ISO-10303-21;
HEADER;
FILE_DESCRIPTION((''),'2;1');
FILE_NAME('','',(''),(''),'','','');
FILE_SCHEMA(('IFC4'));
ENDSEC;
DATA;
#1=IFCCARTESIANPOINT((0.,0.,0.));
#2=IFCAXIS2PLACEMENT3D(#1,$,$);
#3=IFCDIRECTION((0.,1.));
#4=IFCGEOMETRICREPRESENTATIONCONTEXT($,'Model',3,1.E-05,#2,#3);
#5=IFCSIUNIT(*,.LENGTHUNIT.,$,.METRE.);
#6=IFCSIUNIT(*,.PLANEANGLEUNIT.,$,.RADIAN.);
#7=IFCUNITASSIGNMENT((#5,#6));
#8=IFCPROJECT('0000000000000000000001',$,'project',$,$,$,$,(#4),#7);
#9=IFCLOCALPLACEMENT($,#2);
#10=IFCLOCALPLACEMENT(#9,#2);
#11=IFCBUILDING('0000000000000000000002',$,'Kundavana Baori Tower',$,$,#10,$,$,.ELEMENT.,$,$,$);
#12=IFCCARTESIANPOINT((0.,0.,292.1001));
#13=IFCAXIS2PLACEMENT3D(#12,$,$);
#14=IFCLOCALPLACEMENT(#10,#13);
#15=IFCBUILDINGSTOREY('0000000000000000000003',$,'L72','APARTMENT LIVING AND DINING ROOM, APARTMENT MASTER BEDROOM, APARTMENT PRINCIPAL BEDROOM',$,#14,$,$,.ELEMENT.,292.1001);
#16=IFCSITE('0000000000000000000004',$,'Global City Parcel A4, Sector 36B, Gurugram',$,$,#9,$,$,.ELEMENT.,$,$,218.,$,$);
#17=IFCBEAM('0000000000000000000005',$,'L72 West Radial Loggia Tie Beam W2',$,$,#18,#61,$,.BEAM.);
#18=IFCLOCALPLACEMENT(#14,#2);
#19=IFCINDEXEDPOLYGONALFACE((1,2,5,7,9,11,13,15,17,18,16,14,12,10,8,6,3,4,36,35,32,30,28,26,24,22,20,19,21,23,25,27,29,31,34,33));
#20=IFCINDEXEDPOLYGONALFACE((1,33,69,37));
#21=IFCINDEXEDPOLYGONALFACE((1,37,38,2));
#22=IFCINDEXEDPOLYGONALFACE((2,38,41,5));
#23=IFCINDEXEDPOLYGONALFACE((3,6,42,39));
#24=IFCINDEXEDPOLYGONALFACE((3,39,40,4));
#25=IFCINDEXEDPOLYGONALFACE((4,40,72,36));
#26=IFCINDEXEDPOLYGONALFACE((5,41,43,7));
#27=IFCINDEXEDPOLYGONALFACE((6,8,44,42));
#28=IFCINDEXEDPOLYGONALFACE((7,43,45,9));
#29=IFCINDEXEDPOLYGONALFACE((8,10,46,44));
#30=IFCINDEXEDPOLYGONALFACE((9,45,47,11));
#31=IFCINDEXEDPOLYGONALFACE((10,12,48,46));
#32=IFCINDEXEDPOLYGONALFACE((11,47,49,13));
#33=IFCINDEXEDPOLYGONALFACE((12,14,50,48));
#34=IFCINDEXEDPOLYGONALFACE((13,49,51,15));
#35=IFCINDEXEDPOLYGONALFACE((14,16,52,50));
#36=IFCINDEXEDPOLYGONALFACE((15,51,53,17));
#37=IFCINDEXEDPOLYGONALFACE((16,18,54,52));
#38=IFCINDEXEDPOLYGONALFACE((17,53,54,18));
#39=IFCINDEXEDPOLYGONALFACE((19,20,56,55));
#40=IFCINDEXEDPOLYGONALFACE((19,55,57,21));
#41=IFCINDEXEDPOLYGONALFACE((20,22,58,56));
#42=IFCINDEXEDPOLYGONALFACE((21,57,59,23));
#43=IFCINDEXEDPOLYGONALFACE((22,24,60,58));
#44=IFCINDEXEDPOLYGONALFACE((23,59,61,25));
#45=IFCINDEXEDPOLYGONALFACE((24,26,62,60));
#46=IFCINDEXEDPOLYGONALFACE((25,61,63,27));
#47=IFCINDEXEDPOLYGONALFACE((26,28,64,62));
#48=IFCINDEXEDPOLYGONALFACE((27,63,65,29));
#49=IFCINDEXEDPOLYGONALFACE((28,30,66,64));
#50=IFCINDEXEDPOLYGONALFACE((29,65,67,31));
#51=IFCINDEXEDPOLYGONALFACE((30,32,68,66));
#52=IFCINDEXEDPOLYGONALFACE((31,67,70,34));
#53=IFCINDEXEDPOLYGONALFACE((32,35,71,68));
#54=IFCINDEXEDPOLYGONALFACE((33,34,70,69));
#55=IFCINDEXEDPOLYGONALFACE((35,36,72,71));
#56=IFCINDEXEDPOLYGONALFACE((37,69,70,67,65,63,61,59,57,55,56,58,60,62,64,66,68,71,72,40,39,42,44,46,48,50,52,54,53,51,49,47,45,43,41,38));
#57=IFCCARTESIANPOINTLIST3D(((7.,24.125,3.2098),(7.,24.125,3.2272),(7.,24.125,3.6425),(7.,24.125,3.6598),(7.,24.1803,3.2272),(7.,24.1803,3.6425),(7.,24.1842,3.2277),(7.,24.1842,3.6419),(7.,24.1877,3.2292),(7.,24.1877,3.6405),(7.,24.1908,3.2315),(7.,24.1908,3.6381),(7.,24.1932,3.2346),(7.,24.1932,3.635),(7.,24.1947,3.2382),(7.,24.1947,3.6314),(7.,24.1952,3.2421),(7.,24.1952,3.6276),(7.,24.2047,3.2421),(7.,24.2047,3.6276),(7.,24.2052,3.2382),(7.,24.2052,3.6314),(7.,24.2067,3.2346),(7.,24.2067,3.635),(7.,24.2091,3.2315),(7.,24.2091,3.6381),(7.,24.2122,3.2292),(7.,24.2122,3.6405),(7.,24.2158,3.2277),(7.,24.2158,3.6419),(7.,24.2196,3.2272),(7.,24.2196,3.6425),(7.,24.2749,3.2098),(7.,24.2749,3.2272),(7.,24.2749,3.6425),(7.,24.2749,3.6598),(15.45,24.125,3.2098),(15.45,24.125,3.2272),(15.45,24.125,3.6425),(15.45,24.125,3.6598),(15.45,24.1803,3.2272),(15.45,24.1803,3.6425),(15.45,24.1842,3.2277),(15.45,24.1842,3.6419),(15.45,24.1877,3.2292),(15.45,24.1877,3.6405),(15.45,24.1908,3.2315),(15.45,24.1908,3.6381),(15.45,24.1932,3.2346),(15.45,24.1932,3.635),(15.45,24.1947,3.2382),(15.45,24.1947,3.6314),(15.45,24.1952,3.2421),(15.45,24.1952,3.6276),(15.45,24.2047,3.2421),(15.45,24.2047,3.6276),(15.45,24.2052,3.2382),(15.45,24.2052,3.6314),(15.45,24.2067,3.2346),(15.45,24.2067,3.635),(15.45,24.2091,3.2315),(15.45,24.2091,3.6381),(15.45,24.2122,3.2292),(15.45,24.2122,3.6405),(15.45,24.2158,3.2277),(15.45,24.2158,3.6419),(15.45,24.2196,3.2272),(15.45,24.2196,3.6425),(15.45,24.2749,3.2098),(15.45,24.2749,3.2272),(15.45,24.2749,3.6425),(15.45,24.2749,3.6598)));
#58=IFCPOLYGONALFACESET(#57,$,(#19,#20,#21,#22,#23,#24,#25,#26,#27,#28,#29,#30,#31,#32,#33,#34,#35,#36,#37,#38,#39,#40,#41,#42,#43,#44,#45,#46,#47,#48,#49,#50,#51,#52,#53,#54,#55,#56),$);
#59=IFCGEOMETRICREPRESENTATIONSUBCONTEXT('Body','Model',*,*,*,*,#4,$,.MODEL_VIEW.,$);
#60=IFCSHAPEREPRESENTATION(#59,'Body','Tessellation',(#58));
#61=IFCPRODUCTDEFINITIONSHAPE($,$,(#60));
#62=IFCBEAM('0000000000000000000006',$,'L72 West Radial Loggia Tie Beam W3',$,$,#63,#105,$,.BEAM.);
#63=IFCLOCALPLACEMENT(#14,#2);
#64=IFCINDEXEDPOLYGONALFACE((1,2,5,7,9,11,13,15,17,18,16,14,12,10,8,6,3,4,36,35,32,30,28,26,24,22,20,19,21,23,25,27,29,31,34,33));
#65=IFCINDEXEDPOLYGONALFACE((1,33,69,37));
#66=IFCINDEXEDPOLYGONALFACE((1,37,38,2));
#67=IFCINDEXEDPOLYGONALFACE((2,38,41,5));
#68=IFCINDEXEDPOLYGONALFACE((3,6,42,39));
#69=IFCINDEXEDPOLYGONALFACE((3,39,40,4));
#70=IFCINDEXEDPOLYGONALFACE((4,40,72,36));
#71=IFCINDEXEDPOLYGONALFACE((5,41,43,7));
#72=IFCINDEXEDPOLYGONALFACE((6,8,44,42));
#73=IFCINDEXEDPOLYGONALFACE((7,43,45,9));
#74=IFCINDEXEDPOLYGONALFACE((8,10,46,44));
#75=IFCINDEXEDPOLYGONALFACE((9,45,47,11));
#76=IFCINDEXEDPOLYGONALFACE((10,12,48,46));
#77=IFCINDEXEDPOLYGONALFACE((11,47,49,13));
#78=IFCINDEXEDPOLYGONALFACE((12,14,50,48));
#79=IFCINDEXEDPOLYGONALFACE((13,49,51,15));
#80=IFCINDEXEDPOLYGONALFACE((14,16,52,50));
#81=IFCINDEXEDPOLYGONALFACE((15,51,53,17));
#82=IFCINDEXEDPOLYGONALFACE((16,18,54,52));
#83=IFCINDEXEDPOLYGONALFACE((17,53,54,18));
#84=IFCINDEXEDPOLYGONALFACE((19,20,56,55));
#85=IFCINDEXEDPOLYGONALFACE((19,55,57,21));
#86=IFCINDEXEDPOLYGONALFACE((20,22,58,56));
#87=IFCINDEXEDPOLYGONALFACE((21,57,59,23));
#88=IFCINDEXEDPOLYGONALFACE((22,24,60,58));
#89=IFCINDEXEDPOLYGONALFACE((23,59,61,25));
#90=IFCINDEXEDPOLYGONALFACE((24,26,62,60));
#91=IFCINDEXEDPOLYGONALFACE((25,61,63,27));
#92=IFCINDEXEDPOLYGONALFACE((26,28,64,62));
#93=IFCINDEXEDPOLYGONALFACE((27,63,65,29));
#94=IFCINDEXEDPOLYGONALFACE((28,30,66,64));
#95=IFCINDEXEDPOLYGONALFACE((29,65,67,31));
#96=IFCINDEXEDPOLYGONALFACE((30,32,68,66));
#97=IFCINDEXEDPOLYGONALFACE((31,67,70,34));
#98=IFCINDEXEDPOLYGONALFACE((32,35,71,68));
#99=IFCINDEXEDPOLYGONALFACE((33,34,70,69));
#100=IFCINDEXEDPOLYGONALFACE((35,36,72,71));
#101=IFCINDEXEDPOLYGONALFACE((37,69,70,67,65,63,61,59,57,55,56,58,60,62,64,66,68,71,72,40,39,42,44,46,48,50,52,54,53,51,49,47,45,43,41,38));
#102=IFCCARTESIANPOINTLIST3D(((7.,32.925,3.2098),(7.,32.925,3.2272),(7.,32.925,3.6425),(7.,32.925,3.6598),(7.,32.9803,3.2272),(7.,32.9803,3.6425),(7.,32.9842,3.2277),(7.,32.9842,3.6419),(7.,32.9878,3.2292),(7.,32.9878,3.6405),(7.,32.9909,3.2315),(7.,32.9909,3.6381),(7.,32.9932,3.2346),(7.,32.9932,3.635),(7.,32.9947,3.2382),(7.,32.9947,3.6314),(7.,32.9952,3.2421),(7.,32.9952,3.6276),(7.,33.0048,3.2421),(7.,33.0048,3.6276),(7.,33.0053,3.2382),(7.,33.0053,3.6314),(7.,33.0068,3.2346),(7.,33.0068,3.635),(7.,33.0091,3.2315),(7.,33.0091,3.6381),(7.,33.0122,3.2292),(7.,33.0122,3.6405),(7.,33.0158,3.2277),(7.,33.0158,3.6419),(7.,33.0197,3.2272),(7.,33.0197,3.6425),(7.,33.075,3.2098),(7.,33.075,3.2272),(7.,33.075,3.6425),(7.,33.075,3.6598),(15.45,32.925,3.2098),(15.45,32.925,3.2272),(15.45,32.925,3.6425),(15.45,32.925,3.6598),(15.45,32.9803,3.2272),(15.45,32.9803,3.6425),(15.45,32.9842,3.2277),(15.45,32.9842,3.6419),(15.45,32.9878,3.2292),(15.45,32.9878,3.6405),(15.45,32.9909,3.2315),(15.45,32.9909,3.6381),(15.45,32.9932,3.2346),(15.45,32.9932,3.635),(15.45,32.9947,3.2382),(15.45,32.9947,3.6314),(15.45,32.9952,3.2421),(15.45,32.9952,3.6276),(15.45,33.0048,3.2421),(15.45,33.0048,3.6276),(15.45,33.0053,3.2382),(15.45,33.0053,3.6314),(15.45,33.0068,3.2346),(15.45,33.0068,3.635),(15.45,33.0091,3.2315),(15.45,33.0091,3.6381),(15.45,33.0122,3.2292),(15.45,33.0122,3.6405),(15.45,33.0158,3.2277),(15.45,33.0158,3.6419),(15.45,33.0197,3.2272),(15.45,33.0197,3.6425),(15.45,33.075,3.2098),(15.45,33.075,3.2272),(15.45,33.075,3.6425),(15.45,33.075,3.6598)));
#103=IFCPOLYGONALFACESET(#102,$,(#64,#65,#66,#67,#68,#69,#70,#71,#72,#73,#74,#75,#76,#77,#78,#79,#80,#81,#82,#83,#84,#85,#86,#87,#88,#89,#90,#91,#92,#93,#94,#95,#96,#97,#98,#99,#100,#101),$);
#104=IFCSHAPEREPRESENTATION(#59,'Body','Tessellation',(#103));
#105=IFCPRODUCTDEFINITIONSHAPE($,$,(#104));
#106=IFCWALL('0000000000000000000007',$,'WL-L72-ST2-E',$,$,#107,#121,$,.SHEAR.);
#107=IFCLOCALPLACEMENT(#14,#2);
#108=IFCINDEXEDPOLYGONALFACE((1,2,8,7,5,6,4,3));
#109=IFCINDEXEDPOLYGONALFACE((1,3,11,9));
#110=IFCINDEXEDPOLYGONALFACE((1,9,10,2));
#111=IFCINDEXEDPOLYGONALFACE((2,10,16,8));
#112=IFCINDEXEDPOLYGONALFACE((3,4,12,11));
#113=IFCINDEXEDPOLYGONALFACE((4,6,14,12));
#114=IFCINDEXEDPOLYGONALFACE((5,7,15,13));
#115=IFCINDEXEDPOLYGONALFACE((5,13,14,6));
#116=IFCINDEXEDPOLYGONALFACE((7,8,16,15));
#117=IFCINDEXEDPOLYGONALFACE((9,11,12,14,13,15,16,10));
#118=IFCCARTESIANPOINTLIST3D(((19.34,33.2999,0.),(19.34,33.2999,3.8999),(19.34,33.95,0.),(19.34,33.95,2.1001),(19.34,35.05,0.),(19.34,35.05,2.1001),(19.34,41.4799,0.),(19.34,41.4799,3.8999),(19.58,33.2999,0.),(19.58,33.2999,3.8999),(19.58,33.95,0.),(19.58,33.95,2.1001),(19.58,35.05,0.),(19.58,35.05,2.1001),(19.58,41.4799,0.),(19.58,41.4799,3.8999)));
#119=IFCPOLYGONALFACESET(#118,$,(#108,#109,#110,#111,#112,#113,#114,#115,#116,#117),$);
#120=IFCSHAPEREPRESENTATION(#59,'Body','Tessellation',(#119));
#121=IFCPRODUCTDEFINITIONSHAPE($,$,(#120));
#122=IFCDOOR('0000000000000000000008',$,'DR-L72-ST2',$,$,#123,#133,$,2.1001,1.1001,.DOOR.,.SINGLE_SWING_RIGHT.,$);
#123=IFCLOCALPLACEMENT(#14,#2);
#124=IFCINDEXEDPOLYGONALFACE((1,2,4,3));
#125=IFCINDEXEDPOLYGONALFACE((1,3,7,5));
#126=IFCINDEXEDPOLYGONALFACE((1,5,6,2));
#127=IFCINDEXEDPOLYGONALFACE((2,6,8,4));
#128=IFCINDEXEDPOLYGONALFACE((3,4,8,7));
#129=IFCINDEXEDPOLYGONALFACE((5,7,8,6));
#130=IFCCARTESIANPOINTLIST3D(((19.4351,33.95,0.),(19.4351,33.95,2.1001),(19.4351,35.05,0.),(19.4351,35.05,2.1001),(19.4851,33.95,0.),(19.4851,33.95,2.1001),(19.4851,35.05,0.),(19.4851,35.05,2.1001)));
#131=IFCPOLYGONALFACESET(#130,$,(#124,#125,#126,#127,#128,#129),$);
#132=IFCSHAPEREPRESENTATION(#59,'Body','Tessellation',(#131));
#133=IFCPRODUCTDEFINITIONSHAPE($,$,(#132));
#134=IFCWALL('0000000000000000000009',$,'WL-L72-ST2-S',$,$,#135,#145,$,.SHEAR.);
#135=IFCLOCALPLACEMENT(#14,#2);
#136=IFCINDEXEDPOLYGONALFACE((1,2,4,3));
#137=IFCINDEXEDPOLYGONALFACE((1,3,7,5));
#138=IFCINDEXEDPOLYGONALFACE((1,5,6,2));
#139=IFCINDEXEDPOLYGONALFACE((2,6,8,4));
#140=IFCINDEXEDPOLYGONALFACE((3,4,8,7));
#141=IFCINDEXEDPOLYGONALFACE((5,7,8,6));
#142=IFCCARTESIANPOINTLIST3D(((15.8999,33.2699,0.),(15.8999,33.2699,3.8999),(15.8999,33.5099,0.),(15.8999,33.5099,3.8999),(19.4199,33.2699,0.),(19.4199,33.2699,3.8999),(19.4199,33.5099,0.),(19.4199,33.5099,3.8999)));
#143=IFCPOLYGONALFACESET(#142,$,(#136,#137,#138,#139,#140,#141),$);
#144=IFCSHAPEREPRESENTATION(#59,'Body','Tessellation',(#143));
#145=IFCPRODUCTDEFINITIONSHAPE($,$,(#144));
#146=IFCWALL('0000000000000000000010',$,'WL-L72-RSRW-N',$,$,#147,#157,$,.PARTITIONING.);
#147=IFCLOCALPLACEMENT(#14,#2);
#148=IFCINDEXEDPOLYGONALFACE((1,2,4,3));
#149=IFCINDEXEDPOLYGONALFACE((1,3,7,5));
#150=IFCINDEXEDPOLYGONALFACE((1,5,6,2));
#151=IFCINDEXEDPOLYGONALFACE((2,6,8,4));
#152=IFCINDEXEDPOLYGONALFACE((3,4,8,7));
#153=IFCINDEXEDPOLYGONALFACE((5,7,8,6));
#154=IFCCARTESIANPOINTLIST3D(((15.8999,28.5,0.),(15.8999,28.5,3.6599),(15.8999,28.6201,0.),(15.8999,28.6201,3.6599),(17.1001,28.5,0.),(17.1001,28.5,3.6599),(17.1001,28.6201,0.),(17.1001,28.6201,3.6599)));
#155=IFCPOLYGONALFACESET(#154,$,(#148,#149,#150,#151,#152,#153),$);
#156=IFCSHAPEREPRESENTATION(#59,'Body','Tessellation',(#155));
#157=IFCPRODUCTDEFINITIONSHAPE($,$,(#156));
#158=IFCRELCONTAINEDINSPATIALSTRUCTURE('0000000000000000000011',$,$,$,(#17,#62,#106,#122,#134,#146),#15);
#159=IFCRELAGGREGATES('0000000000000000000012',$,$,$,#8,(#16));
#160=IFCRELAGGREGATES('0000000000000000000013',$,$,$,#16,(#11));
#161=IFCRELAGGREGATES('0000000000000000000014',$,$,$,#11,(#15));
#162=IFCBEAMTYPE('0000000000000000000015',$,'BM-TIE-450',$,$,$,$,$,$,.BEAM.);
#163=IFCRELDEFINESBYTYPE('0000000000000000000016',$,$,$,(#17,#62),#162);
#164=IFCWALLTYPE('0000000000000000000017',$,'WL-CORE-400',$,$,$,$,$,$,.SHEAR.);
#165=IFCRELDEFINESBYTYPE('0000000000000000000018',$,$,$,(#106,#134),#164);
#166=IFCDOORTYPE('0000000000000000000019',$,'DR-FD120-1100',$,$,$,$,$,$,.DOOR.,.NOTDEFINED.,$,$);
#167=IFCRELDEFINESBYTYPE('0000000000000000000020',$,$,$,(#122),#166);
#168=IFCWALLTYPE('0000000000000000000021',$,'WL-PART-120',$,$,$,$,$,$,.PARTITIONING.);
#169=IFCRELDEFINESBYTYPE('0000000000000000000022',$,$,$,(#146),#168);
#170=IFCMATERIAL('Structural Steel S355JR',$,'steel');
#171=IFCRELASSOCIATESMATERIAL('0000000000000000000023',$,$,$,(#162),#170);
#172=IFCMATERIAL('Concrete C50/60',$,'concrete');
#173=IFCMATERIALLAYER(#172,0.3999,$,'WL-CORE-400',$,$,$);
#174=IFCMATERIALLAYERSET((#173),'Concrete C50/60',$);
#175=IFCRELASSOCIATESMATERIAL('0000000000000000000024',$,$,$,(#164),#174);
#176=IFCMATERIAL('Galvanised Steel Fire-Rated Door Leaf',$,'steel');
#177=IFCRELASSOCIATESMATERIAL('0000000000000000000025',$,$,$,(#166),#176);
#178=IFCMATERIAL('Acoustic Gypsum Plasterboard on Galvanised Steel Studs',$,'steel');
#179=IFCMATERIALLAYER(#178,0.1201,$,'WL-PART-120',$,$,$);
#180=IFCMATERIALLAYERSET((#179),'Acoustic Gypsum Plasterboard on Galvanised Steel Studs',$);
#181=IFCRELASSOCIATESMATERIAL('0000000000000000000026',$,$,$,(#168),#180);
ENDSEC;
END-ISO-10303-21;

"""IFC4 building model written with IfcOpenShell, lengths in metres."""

from ifc_helpers import new_model, si_unit, direction, frame, frame_2d, origin, origin_2d, place, context, subcontext, project, spatial, rectangle, i_section, extrude, material, layer, layer_set, material_profile, profile_set, type_object, element, fill, save


model = new_model("IFC4")

# Units and contexts
model_context = context("Model", 3, precision=1e-05, world=origin(), true_north=direction((0.0, 1.0)))
body_context = subcontext(model_context, "Body", "Model", "MODEL_VIEW")
ifc_project = project(units=[si_unit("LENGTHUNIT", "METRE"), si_unit("PLANEANGLEUNIT", "RADIAN")], contexts=[model_context])

# Site, building, storey
site_placement = place(None, origin())
site = spatial("IfcSite", under=ifc_project, at=site_placement, Name="Global City Parcel A4, Sector 36B, Gurugram", CompositionType="ELEMENT", RefElevation=218.0)
building_placement = place(site_placement, origin())
building = spatial("IfcBuilding", under=site, at=building_placement, Name="Kundavana Baori Tower", CompositionType="ELEMENT")
storey_placement = place(building_placement, frame((0.0, 0.0, 292.1001)))
storey = spatial("IfcBuildingStorey", under=building, at=storey_placement, Name="L72", Description="APARTMENT LIVING AND DINING ROOM, APARTMENT MASTER BEDROOM, APARTMENT PRINCIPAL BEDROOM", CompositionType="ELEMENT", Elevation=292.1001)

# Beams
ifc_material_1 = material(Name="Structural Steel S355JR", Category="steel")
ifc_material_profile_1 = material_profile(ifc_material_1, i_section(OverallWidth=0.1499, OverallDepth=0.45, WebThickness=0.0095, FlangeThickness=0.0173, FilletRadius=0.0149, at=origin_2d()), Name="ISMB 450")
ifc_profile_set_1 = profile_set([ifc_material_profile_1], Name="Structural Steel S355JR")
beam_type_1 = type_object("IfcBeamType", Name="BM-TIE-450", PredefinedType="BEAM", material=ifc_profile_set_1)
for number, where, z_axis, x_axis, name in (
    (1, (15.45, 24.2, 3.4348), (-1.0, 0.0, 0.0), (0.0, -1.0, 0.0), "L72 West Radial Loggia Tie Beam W2"),
    (2, (15.45, 33.0, 3.4348), (-1.0, 0.0, 0.0), (0.0, -1.0, 0.0), "L72 West Radial Loggia Tie Beam W3"),
):
    element("IfcBeam", number, at=place(storey_placement, frame(where, z_axis=z_axis, x_axis=x_axis)), inside=storey, type_object=beam_type_1, Name=name, PredefinedType="BEAM", context=body_context, shape_type="SweptSolid", body=[
        extrude(i_section(OverallWidth=0.1499, OverallDepth=0.45, WebThickness=0.0095, FlangeThickness=0.0173, FilletRadius=0.0149, at=origin_2d()), origin(), (0.0, 0.0, 1.0), 8.45),
    ])

# Wall, opening, door
ifc_material_2 = material(Name="Concrete C50/60", Category="concrete")
ifc_layer_1 = layer(ifc_material_2, 0.3999, Name="WL-CORE-400")
ifc_layer_set_1 = layer_set([ifc_layer_1], Name="Concrete C50/60")
wall_type_1 = type_object("IfcWallType", Name="WL-CORE-400", PredefinedType="SHEAR", material=ifc_layer_set_1)
wall_1_placement = place(storey_placement, frame((19.46, 33.3, 0.0), z_axis=(0.0, 0.0, 1.0), x_axis=(0.0, 1.0, 0.0)))
wall_1 = element("IfcWall", 3, at=wall_1_placement, inside=storey, type_object=wall_type_1, Name="WL-L72-ST2-E", PredefinedType="SHEAR", context=body_context, shape_type="SweptSolid", body=[
    extrude(rectangle(XDim=8.1799, YDim=0.24, at=frame_2d((4.0898, 0.0))), origin(), (0.0, 0.0, 1.0), 3.8999),
])
opening_1_placement = place(wall_1_placement, frame((0.6499, 0.0, 0.0)))
opening_1 = element("IfcOpeningElement", 4, at=opening_1_placement, cuts=wall_1, PredefinedType="OPENING", context=body_context, shape_type="SweptSolid", body=[
    extrude(rectangle(XDim=1.1001, YDim=2.1001, at=frame_2d((0.55, 1.05))), frame((0.0, 0.1299, 0.0), z_axis=(0.0, -1.0, 0.0), x_axis=(1.0, 0.0, 0.0)), (0.0, 0.0, 1.0), 0.26),
])
ifc_material_3 = material(Name="Galvanised Steel Fire-Rated Door Leaf", Category="steel")
door_type_1 = type_object("IfcDoorType", Name="DR-FD120-1100", OperationType="NOTDEFINED", PredefinedType="DOOR", material=ifc_material_3)
door_1_placement = place(opening_1_placement, origin())
door_1 = element("IfcDoor", 5, at=door_1_placement, inside=storey, type_object=door_type_1, Name="DR-L72-ST2", OperationType="SINGLE_SWING_RIGHT", OverallHeight=2.1001, OverallWidth=1.1001, PredefinedType="DOOR", context=body_context, shape_type="SweptSolid", body=[
    extrude(rectangle(XDim=1.1001, YDim=2.1001, at=frame_2d((0.55, 1.05))), frame((0.0, 0.0249, 0.0), z_axis=(0.0, -1.0, 0.0), x_axis=(1.0, 0.0, 0.0)), (0.0, 0.0, 1.0), 0.05),
])
fill(opening_1, door_1)

# Walls
wall_2_placement = place(storey_placement, frame((15.8999, 33.3899, 0.0), z_axis=(0.0, 0.0, 1.0), x_axis=(1.0, 0.0, 0.0)))
element("IfcWall", 6, at=wall_2_placement, inside=storey, type_object=wall_type_1, Name="WL-L72-ST2-S", PredefinedType="SHEAR", context=body_context, shape_type="SweptSolid", body=[
    extrude(rectangle(XDim=3.52, YDim=0.24, at=frame_2d((1.76, 0.0))), origin(), (0.0, 0.0, 1.0), 3.8999),
])
ifc_material_4 = material(Name="Acoustic Gypsum Plasterboard on Galvanised Steel Studs", Category="steel")
ifc_layer_2 = layer(ifc_material_4, 0.1201, Name="WL-PART-120")
ifc_layer_set_2 = layer_set([ifc_layer_2], Name="Acoustic Gypsum Plasterboard on Galvanised Steel Studs")
wall_type_2 = type_object("IfcWallType", Name="WL-PART-120", PredefinedType="PARTITIONING", material=ifc_layer_set_2)
wall_3_placement = place(storey_placement, frame((15.8999, 28.5601, 0.0), z_axis=(0.0, 0.0, 1.0), x_axis=(1.0, 0.0, 0.0)))
element("IfcWall", 7, at=wall_3_placement, inside=storey, type_object=wall_type_2, Name="WL-L72-RSRW-N", PredefinedType="PARTITIONING", context=body_context, shape_type="SweptSolid", body=[
    extrude(rectangle(XDim=1.2002, YDim=0.1201, at=frame_2d((0.6001, 0.0))), origin(), (0.0, 0.0, 1.0), 3.6599),
])

save(model, "model.ifc")
